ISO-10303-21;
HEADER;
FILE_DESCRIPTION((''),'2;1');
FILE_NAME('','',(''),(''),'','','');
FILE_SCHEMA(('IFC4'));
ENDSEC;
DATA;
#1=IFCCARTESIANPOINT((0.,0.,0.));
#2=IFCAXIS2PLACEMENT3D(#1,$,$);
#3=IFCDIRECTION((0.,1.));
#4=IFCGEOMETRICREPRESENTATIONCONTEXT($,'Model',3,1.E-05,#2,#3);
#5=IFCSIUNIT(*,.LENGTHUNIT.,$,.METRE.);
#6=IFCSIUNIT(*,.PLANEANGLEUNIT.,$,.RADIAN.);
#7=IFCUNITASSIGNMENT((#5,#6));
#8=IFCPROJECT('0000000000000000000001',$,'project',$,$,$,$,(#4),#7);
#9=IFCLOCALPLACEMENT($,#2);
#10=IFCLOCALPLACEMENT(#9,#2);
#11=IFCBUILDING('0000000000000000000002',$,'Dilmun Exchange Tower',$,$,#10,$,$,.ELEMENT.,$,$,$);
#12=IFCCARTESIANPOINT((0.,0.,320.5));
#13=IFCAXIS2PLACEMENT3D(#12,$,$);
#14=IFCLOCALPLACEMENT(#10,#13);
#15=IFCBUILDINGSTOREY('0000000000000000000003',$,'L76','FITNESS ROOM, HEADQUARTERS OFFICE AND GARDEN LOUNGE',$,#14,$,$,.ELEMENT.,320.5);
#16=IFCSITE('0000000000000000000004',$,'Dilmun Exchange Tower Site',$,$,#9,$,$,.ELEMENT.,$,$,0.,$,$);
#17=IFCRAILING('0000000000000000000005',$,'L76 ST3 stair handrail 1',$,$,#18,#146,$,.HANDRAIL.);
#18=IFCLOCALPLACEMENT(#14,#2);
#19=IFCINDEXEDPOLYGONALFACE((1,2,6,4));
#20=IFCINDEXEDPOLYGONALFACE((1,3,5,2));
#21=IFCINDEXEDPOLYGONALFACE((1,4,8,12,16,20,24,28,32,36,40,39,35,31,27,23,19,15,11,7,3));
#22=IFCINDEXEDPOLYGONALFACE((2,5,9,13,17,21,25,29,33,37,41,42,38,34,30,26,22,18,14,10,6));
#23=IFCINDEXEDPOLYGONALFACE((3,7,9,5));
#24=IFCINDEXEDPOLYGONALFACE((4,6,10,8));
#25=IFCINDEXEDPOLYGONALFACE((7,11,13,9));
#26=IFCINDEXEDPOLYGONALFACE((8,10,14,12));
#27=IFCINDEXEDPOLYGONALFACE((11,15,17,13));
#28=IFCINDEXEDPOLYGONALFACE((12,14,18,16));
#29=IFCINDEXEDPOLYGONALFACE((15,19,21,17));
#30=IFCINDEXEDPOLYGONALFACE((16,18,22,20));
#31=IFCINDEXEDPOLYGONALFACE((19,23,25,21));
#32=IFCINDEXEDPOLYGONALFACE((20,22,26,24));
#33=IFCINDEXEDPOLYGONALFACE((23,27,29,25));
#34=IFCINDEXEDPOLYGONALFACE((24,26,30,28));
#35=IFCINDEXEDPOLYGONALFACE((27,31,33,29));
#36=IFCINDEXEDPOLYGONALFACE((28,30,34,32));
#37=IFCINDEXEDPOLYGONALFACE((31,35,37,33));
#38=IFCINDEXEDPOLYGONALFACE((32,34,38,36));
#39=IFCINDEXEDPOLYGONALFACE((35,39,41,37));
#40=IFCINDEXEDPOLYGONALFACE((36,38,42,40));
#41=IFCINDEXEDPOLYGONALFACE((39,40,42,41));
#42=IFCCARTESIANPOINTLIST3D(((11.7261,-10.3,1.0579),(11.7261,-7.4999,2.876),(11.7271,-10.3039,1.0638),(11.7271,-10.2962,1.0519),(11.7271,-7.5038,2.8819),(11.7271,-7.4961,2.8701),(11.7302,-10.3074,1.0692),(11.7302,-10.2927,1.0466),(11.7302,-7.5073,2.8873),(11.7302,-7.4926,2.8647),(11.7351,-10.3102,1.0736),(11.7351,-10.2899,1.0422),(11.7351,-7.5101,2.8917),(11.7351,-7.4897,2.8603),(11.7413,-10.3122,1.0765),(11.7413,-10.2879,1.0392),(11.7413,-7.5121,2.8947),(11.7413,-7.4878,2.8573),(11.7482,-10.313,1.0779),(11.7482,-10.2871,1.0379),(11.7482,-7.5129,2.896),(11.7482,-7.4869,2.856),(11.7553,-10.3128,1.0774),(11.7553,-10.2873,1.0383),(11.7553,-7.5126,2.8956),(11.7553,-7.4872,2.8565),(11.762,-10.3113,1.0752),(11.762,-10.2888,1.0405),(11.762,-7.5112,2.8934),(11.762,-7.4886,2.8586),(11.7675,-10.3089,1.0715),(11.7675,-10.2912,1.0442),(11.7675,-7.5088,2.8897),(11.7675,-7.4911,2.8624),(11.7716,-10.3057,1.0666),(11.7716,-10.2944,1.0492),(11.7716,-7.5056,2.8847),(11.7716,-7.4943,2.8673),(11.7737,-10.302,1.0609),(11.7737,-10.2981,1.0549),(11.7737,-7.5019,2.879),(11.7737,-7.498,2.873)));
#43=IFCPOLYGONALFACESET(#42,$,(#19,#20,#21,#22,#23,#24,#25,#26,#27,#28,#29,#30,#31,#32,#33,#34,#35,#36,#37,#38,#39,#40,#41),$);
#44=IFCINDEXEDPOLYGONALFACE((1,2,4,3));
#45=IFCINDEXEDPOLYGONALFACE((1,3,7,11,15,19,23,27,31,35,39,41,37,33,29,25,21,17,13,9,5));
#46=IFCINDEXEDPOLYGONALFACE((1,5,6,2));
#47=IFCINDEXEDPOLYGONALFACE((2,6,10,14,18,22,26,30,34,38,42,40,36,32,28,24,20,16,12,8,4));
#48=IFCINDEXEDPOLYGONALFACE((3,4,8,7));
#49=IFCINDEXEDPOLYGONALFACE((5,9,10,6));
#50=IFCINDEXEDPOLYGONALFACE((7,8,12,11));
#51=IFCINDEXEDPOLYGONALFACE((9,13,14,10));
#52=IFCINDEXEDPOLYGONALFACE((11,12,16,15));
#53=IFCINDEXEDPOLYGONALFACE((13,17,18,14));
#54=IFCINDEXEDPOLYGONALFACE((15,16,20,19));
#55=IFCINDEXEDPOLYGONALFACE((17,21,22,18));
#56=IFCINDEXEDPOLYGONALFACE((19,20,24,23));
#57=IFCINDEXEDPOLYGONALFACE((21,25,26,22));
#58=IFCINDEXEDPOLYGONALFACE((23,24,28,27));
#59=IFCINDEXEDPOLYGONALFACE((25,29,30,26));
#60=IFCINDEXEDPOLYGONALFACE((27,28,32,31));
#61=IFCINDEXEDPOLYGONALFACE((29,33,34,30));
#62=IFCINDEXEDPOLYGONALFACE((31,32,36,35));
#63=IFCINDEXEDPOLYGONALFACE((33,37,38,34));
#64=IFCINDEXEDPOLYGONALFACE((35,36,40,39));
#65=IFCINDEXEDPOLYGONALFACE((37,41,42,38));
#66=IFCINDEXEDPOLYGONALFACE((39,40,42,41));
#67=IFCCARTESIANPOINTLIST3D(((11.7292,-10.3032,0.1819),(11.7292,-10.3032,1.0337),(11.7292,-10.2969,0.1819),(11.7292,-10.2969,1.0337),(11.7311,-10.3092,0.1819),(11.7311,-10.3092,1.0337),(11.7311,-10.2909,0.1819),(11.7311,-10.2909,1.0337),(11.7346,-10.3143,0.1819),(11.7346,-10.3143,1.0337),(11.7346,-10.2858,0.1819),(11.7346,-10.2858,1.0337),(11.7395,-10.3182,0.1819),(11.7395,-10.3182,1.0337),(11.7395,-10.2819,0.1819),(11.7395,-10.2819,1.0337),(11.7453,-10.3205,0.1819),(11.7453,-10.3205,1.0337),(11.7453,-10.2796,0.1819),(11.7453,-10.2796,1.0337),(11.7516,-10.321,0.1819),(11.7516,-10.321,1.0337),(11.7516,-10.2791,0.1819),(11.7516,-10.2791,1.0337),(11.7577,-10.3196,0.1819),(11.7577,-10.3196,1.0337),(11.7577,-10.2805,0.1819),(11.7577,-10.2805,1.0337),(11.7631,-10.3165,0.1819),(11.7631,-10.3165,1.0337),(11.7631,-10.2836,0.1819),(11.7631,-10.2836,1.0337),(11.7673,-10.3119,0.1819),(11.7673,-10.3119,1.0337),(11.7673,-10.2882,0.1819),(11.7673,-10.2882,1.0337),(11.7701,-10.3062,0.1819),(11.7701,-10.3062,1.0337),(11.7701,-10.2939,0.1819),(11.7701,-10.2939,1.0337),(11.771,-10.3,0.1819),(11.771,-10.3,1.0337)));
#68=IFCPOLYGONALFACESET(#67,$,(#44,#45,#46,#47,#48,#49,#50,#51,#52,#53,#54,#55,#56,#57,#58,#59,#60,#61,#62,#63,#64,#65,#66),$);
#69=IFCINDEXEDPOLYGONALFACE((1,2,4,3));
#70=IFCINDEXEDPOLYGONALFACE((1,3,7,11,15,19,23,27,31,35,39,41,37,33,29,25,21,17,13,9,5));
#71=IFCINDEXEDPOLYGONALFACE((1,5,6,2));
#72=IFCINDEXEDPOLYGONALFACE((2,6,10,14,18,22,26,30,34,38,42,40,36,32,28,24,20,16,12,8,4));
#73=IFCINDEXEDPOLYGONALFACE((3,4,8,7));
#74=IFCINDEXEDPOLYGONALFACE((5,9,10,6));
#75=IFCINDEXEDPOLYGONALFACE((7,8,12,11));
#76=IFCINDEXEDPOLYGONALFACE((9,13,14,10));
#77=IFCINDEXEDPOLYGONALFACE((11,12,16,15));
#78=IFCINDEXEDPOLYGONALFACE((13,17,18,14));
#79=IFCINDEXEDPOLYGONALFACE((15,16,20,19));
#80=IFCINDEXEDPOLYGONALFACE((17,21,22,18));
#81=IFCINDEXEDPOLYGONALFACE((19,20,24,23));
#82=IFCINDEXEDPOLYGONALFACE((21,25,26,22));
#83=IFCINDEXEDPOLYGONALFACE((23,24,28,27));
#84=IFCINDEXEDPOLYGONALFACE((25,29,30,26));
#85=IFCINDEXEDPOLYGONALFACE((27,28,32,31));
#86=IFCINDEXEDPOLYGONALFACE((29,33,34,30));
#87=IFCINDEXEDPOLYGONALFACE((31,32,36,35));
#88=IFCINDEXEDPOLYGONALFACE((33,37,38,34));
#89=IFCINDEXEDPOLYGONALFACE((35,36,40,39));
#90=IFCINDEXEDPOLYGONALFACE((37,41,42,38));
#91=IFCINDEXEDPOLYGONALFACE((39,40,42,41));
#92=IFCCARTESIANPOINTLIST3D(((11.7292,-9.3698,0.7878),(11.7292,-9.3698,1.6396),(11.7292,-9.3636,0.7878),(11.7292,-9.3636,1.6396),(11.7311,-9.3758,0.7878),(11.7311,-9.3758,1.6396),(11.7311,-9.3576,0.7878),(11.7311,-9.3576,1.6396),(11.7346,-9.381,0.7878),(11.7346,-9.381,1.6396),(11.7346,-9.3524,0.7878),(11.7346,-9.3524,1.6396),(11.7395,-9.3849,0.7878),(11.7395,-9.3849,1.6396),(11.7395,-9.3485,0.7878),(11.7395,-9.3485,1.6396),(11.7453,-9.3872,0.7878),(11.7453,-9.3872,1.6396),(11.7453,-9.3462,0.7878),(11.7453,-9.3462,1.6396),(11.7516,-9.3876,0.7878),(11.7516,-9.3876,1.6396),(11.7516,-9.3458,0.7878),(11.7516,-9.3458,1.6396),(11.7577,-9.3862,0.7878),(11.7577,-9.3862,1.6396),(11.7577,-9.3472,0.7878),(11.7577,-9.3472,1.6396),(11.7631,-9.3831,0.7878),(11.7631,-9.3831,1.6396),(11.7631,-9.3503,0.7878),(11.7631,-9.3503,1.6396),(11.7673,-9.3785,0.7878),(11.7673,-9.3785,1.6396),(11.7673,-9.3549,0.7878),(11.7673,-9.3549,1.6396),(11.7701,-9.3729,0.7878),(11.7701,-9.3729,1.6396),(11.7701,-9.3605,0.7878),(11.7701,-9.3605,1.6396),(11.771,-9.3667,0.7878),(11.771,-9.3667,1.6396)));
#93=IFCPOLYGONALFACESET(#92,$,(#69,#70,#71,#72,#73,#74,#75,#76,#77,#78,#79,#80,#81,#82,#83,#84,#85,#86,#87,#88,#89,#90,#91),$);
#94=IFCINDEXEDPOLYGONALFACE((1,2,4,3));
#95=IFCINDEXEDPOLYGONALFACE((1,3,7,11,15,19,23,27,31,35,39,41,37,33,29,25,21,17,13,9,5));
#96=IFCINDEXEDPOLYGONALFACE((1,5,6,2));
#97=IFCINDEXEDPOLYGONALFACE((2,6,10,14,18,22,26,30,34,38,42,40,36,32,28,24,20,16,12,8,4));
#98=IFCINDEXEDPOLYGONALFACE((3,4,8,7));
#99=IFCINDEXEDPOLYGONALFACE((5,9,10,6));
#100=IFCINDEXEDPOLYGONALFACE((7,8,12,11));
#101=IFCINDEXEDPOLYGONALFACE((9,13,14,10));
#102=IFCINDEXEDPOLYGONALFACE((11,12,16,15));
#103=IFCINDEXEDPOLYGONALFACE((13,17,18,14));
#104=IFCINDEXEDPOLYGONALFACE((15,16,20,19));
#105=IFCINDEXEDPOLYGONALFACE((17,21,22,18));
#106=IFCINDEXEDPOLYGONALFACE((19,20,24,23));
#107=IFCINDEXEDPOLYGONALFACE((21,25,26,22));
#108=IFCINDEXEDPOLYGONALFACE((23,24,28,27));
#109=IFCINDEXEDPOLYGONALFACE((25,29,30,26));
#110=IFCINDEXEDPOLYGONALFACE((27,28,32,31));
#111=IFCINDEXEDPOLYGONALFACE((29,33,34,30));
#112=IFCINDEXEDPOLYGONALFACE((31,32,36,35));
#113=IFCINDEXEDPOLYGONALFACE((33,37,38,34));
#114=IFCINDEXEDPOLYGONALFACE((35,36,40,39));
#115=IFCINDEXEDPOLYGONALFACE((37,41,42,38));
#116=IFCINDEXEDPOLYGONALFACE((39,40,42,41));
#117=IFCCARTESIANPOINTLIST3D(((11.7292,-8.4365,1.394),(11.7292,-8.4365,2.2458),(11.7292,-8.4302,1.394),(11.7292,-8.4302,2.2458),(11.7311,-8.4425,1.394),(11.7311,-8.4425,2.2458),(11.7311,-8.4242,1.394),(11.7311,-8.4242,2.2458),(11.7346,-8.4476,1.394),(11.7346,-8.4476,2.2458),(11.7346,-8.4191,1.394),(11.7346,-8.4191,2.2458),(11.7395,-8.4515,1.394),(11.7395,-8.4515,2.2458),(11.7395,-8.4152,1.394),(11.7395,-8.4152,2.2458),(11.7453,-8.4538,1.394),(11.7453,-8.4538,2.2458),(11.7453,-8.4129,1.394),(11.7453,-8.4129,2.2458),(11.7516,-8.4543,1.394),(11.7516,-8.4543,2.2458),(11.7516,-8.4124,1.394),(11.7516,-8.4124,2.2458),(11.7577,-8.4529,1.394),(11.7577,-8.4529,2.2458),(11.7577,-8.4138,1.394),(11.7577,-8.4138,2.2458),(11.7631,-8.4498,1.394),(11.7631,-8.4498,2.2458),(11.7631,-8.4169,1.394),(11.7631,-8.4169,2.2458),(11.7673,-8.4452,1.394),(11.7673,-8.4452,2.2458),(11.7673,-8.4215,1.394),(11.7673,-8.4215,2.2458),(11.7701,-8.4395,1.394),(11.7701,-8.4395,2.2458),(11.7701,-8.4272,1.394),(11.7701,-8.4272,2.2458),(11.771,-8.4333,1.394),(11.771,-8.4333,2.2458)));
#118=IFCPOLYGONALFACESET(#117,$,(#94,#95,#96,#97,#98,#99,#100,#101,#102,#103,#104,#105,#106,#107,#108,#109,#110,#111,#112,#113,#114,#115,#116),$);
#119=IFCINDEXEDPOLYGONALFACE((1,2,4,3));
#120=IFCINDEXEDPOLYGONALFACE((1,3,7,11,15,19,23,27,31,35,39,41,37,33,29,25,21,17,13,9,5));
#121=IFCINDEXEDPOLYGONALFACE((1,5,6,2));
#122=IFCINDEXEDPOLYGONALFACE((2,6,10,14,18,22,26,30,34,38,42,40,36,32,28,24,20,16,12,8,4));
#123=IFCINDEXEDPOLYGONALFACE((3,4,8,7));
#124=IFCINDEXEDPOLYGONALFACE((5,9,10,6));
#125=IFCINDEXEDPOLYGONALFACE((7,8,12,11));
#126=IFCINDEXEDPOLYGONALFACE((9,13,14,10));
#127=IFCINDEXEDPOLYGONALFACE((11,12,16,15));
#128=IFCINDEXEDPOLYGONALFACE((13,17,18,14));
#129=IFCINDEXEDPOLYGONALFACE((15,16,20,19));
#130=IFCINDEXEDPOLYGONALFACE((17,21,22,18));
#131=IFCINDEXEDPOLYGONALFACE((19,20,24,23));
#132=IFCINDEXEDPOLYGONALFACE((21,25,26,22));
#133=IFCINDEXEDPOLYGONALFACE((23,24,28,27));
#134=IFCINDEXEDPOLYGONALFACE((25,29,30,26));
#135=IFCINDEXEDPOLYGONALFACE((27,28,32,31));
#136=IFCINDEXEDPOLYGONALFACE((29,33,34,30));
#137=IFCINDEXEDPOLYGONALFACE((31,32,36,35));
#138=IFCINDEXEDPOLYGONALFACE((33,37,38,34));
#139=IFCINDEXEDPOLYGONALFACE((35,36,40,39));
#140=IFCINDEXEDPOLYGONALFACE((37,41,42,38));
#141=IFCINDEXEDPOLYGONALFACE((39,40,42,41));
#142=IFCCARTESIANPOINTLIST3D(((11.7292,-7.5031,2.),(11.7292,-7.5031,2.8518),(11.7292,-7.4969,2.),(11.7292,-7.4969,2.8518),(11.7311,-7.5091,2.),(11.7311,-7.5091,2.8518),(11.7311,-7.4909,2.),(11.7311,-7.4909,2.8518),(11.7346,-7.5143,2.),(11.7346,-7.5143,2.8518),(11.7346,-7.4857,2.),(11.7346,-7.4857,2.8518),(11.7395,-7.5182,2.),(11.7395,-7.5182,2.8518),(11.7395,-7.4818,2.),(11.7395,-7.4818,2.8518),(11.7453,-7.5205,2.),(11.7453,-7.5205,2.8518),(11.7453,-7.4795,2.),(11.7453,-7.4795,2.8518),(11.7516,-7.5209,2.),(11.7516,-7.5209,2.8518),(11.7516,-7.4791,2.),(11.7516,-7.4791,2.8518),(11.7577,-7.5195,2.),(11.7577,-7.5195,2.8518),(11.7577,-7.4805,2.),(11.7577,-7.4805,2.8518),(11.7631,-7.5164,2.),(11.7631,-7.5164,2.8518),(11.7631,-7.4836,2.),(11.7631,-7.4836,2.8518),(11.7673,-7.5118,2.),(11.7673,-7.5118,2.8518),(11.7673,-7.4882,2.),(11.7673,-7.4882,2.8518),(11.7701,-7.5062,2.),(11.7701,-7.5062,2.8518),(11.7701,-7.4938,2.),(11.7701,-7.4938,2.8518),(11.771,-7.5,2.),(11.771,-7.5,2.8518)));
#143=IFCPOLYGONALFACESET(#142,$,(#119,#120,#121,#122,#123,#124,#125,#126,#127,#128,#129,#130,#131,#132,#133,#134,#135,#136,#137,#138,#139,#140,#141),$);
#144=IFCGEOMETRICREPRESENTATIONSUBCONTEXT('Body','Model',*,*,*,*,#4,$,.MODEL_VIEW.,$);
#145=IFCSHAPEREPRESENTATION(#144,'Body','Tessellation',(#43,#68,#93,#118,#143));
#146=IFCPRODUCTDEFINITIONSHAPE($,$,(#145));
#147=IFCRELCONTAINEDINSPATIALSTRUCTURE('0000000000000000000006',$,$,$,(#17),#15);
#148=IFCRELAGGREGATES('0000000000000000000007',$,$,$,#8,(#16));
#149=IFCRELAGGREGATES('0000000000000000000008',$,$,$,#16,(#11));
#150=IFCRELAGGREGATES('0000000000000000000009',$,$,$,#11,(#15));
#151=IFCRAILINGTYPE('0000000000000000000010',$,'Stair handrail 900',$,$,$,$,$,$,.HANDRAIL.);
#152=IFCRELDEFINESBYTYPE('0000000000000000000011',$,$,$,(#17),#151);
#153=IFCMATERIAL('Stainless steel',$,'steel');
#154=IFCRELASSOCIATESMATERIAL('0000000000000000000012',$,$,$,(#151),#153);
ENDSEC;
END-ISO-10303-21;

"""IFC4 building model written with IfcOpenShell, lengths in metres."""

from ifc_helpers import new_model, si_unit, direction, frame, origin, origin_2d, place, context, subcontext, project, spatial, circle, extrude, material, type_object, element, save


model = new_model("IFC4")

# Units and contexts
model_context = context("Model", 3, precision=1e-05, world=origin(), true_north=direction((0.0, 1.0)))
body_context = subcontext(model_context, "Body", "Model", "MODEL_VIEW")
ifc_project = project(units=[si_unit("LENGTHUNIT", "METRE"), si_unit("PLANEANGLEUNIT", "RADIAN")], contexts=[model_context])

# Site, building, storey
site_placement = place(None, origin())
site = spatial("IfcSite", under=ifc_project, at=site_placement, Name="Dilmun Exchange Tower Site", CompositionType="ELEMENT", RefElevation=0.0)
building_placement = place(site_placement, origin())
building = spatial("IfcBuilding", under=site, at=building_placement, Name="Dilmun Exchange Tower", CompositionType="ELEMENT")
storey_placement = place(building_placement, frame((0.0, 0.0, 320.5)))
storey = spatial("IfcBuildingStorey", under=building, at=storey_placement, Name="L76", Description="FITNESS ROOM, HEADQUARTERS OFFICE AND GARDEN LOUNGE", CompositionType="ELEMENT", Elevation=320.5)

# Railing
ifc_material_1 = material(Name="Stainless steel", Category="steel")
railing_type = type_object("IfcRailingType", Name="Stair handrail 900", PredefinedType="HANDRAIL", material=ifc_material_1)
railing_placement = place(storey_placement, frame((11.75, -10.3, 0.1819)))
element("IfcRailing", 1, at=railing_placement, inside=storey, type_object=railing_type, Name="L76 ST3 stair handrail 1", PredefinedType="HANDRAIL", context=body_context, shape_type="SweptSolid", body=[
    extrude(circle(Radius=0.0239, at=origin_2d()), frame((0.0, 0.0, 0.876), z_axis=(0.0, 0.838706, 0.544585), x_axis=(-1.0, 0.0, 0.0)), (0.0, 0.0, 1.0), 3.3386),
    extrude(circle(Radius=0.021, at=origin_2d()), origin(), (0.0, 0.0, 1.0), 0.8518),
    extrude(circle(Radius=0.021, at=origin_2d()), frame((0.0, 0.9333, 0.606)), (0.0, 0.0, 1.0), 0.8518),
    extrude(circle(Radius=0.021, at=origin_2d()), frame((0.0, 1.8667, 1.2122)), (0.0, 0.0, 1.0), 0.8518),
    extrude(circle(Radius=0.021, at=origin_2d()), frame((0.0, 2.8, 1.8181)), (0.0, 0.0, 1.0), 0.8518),
])

save(model, "model.ifc")
